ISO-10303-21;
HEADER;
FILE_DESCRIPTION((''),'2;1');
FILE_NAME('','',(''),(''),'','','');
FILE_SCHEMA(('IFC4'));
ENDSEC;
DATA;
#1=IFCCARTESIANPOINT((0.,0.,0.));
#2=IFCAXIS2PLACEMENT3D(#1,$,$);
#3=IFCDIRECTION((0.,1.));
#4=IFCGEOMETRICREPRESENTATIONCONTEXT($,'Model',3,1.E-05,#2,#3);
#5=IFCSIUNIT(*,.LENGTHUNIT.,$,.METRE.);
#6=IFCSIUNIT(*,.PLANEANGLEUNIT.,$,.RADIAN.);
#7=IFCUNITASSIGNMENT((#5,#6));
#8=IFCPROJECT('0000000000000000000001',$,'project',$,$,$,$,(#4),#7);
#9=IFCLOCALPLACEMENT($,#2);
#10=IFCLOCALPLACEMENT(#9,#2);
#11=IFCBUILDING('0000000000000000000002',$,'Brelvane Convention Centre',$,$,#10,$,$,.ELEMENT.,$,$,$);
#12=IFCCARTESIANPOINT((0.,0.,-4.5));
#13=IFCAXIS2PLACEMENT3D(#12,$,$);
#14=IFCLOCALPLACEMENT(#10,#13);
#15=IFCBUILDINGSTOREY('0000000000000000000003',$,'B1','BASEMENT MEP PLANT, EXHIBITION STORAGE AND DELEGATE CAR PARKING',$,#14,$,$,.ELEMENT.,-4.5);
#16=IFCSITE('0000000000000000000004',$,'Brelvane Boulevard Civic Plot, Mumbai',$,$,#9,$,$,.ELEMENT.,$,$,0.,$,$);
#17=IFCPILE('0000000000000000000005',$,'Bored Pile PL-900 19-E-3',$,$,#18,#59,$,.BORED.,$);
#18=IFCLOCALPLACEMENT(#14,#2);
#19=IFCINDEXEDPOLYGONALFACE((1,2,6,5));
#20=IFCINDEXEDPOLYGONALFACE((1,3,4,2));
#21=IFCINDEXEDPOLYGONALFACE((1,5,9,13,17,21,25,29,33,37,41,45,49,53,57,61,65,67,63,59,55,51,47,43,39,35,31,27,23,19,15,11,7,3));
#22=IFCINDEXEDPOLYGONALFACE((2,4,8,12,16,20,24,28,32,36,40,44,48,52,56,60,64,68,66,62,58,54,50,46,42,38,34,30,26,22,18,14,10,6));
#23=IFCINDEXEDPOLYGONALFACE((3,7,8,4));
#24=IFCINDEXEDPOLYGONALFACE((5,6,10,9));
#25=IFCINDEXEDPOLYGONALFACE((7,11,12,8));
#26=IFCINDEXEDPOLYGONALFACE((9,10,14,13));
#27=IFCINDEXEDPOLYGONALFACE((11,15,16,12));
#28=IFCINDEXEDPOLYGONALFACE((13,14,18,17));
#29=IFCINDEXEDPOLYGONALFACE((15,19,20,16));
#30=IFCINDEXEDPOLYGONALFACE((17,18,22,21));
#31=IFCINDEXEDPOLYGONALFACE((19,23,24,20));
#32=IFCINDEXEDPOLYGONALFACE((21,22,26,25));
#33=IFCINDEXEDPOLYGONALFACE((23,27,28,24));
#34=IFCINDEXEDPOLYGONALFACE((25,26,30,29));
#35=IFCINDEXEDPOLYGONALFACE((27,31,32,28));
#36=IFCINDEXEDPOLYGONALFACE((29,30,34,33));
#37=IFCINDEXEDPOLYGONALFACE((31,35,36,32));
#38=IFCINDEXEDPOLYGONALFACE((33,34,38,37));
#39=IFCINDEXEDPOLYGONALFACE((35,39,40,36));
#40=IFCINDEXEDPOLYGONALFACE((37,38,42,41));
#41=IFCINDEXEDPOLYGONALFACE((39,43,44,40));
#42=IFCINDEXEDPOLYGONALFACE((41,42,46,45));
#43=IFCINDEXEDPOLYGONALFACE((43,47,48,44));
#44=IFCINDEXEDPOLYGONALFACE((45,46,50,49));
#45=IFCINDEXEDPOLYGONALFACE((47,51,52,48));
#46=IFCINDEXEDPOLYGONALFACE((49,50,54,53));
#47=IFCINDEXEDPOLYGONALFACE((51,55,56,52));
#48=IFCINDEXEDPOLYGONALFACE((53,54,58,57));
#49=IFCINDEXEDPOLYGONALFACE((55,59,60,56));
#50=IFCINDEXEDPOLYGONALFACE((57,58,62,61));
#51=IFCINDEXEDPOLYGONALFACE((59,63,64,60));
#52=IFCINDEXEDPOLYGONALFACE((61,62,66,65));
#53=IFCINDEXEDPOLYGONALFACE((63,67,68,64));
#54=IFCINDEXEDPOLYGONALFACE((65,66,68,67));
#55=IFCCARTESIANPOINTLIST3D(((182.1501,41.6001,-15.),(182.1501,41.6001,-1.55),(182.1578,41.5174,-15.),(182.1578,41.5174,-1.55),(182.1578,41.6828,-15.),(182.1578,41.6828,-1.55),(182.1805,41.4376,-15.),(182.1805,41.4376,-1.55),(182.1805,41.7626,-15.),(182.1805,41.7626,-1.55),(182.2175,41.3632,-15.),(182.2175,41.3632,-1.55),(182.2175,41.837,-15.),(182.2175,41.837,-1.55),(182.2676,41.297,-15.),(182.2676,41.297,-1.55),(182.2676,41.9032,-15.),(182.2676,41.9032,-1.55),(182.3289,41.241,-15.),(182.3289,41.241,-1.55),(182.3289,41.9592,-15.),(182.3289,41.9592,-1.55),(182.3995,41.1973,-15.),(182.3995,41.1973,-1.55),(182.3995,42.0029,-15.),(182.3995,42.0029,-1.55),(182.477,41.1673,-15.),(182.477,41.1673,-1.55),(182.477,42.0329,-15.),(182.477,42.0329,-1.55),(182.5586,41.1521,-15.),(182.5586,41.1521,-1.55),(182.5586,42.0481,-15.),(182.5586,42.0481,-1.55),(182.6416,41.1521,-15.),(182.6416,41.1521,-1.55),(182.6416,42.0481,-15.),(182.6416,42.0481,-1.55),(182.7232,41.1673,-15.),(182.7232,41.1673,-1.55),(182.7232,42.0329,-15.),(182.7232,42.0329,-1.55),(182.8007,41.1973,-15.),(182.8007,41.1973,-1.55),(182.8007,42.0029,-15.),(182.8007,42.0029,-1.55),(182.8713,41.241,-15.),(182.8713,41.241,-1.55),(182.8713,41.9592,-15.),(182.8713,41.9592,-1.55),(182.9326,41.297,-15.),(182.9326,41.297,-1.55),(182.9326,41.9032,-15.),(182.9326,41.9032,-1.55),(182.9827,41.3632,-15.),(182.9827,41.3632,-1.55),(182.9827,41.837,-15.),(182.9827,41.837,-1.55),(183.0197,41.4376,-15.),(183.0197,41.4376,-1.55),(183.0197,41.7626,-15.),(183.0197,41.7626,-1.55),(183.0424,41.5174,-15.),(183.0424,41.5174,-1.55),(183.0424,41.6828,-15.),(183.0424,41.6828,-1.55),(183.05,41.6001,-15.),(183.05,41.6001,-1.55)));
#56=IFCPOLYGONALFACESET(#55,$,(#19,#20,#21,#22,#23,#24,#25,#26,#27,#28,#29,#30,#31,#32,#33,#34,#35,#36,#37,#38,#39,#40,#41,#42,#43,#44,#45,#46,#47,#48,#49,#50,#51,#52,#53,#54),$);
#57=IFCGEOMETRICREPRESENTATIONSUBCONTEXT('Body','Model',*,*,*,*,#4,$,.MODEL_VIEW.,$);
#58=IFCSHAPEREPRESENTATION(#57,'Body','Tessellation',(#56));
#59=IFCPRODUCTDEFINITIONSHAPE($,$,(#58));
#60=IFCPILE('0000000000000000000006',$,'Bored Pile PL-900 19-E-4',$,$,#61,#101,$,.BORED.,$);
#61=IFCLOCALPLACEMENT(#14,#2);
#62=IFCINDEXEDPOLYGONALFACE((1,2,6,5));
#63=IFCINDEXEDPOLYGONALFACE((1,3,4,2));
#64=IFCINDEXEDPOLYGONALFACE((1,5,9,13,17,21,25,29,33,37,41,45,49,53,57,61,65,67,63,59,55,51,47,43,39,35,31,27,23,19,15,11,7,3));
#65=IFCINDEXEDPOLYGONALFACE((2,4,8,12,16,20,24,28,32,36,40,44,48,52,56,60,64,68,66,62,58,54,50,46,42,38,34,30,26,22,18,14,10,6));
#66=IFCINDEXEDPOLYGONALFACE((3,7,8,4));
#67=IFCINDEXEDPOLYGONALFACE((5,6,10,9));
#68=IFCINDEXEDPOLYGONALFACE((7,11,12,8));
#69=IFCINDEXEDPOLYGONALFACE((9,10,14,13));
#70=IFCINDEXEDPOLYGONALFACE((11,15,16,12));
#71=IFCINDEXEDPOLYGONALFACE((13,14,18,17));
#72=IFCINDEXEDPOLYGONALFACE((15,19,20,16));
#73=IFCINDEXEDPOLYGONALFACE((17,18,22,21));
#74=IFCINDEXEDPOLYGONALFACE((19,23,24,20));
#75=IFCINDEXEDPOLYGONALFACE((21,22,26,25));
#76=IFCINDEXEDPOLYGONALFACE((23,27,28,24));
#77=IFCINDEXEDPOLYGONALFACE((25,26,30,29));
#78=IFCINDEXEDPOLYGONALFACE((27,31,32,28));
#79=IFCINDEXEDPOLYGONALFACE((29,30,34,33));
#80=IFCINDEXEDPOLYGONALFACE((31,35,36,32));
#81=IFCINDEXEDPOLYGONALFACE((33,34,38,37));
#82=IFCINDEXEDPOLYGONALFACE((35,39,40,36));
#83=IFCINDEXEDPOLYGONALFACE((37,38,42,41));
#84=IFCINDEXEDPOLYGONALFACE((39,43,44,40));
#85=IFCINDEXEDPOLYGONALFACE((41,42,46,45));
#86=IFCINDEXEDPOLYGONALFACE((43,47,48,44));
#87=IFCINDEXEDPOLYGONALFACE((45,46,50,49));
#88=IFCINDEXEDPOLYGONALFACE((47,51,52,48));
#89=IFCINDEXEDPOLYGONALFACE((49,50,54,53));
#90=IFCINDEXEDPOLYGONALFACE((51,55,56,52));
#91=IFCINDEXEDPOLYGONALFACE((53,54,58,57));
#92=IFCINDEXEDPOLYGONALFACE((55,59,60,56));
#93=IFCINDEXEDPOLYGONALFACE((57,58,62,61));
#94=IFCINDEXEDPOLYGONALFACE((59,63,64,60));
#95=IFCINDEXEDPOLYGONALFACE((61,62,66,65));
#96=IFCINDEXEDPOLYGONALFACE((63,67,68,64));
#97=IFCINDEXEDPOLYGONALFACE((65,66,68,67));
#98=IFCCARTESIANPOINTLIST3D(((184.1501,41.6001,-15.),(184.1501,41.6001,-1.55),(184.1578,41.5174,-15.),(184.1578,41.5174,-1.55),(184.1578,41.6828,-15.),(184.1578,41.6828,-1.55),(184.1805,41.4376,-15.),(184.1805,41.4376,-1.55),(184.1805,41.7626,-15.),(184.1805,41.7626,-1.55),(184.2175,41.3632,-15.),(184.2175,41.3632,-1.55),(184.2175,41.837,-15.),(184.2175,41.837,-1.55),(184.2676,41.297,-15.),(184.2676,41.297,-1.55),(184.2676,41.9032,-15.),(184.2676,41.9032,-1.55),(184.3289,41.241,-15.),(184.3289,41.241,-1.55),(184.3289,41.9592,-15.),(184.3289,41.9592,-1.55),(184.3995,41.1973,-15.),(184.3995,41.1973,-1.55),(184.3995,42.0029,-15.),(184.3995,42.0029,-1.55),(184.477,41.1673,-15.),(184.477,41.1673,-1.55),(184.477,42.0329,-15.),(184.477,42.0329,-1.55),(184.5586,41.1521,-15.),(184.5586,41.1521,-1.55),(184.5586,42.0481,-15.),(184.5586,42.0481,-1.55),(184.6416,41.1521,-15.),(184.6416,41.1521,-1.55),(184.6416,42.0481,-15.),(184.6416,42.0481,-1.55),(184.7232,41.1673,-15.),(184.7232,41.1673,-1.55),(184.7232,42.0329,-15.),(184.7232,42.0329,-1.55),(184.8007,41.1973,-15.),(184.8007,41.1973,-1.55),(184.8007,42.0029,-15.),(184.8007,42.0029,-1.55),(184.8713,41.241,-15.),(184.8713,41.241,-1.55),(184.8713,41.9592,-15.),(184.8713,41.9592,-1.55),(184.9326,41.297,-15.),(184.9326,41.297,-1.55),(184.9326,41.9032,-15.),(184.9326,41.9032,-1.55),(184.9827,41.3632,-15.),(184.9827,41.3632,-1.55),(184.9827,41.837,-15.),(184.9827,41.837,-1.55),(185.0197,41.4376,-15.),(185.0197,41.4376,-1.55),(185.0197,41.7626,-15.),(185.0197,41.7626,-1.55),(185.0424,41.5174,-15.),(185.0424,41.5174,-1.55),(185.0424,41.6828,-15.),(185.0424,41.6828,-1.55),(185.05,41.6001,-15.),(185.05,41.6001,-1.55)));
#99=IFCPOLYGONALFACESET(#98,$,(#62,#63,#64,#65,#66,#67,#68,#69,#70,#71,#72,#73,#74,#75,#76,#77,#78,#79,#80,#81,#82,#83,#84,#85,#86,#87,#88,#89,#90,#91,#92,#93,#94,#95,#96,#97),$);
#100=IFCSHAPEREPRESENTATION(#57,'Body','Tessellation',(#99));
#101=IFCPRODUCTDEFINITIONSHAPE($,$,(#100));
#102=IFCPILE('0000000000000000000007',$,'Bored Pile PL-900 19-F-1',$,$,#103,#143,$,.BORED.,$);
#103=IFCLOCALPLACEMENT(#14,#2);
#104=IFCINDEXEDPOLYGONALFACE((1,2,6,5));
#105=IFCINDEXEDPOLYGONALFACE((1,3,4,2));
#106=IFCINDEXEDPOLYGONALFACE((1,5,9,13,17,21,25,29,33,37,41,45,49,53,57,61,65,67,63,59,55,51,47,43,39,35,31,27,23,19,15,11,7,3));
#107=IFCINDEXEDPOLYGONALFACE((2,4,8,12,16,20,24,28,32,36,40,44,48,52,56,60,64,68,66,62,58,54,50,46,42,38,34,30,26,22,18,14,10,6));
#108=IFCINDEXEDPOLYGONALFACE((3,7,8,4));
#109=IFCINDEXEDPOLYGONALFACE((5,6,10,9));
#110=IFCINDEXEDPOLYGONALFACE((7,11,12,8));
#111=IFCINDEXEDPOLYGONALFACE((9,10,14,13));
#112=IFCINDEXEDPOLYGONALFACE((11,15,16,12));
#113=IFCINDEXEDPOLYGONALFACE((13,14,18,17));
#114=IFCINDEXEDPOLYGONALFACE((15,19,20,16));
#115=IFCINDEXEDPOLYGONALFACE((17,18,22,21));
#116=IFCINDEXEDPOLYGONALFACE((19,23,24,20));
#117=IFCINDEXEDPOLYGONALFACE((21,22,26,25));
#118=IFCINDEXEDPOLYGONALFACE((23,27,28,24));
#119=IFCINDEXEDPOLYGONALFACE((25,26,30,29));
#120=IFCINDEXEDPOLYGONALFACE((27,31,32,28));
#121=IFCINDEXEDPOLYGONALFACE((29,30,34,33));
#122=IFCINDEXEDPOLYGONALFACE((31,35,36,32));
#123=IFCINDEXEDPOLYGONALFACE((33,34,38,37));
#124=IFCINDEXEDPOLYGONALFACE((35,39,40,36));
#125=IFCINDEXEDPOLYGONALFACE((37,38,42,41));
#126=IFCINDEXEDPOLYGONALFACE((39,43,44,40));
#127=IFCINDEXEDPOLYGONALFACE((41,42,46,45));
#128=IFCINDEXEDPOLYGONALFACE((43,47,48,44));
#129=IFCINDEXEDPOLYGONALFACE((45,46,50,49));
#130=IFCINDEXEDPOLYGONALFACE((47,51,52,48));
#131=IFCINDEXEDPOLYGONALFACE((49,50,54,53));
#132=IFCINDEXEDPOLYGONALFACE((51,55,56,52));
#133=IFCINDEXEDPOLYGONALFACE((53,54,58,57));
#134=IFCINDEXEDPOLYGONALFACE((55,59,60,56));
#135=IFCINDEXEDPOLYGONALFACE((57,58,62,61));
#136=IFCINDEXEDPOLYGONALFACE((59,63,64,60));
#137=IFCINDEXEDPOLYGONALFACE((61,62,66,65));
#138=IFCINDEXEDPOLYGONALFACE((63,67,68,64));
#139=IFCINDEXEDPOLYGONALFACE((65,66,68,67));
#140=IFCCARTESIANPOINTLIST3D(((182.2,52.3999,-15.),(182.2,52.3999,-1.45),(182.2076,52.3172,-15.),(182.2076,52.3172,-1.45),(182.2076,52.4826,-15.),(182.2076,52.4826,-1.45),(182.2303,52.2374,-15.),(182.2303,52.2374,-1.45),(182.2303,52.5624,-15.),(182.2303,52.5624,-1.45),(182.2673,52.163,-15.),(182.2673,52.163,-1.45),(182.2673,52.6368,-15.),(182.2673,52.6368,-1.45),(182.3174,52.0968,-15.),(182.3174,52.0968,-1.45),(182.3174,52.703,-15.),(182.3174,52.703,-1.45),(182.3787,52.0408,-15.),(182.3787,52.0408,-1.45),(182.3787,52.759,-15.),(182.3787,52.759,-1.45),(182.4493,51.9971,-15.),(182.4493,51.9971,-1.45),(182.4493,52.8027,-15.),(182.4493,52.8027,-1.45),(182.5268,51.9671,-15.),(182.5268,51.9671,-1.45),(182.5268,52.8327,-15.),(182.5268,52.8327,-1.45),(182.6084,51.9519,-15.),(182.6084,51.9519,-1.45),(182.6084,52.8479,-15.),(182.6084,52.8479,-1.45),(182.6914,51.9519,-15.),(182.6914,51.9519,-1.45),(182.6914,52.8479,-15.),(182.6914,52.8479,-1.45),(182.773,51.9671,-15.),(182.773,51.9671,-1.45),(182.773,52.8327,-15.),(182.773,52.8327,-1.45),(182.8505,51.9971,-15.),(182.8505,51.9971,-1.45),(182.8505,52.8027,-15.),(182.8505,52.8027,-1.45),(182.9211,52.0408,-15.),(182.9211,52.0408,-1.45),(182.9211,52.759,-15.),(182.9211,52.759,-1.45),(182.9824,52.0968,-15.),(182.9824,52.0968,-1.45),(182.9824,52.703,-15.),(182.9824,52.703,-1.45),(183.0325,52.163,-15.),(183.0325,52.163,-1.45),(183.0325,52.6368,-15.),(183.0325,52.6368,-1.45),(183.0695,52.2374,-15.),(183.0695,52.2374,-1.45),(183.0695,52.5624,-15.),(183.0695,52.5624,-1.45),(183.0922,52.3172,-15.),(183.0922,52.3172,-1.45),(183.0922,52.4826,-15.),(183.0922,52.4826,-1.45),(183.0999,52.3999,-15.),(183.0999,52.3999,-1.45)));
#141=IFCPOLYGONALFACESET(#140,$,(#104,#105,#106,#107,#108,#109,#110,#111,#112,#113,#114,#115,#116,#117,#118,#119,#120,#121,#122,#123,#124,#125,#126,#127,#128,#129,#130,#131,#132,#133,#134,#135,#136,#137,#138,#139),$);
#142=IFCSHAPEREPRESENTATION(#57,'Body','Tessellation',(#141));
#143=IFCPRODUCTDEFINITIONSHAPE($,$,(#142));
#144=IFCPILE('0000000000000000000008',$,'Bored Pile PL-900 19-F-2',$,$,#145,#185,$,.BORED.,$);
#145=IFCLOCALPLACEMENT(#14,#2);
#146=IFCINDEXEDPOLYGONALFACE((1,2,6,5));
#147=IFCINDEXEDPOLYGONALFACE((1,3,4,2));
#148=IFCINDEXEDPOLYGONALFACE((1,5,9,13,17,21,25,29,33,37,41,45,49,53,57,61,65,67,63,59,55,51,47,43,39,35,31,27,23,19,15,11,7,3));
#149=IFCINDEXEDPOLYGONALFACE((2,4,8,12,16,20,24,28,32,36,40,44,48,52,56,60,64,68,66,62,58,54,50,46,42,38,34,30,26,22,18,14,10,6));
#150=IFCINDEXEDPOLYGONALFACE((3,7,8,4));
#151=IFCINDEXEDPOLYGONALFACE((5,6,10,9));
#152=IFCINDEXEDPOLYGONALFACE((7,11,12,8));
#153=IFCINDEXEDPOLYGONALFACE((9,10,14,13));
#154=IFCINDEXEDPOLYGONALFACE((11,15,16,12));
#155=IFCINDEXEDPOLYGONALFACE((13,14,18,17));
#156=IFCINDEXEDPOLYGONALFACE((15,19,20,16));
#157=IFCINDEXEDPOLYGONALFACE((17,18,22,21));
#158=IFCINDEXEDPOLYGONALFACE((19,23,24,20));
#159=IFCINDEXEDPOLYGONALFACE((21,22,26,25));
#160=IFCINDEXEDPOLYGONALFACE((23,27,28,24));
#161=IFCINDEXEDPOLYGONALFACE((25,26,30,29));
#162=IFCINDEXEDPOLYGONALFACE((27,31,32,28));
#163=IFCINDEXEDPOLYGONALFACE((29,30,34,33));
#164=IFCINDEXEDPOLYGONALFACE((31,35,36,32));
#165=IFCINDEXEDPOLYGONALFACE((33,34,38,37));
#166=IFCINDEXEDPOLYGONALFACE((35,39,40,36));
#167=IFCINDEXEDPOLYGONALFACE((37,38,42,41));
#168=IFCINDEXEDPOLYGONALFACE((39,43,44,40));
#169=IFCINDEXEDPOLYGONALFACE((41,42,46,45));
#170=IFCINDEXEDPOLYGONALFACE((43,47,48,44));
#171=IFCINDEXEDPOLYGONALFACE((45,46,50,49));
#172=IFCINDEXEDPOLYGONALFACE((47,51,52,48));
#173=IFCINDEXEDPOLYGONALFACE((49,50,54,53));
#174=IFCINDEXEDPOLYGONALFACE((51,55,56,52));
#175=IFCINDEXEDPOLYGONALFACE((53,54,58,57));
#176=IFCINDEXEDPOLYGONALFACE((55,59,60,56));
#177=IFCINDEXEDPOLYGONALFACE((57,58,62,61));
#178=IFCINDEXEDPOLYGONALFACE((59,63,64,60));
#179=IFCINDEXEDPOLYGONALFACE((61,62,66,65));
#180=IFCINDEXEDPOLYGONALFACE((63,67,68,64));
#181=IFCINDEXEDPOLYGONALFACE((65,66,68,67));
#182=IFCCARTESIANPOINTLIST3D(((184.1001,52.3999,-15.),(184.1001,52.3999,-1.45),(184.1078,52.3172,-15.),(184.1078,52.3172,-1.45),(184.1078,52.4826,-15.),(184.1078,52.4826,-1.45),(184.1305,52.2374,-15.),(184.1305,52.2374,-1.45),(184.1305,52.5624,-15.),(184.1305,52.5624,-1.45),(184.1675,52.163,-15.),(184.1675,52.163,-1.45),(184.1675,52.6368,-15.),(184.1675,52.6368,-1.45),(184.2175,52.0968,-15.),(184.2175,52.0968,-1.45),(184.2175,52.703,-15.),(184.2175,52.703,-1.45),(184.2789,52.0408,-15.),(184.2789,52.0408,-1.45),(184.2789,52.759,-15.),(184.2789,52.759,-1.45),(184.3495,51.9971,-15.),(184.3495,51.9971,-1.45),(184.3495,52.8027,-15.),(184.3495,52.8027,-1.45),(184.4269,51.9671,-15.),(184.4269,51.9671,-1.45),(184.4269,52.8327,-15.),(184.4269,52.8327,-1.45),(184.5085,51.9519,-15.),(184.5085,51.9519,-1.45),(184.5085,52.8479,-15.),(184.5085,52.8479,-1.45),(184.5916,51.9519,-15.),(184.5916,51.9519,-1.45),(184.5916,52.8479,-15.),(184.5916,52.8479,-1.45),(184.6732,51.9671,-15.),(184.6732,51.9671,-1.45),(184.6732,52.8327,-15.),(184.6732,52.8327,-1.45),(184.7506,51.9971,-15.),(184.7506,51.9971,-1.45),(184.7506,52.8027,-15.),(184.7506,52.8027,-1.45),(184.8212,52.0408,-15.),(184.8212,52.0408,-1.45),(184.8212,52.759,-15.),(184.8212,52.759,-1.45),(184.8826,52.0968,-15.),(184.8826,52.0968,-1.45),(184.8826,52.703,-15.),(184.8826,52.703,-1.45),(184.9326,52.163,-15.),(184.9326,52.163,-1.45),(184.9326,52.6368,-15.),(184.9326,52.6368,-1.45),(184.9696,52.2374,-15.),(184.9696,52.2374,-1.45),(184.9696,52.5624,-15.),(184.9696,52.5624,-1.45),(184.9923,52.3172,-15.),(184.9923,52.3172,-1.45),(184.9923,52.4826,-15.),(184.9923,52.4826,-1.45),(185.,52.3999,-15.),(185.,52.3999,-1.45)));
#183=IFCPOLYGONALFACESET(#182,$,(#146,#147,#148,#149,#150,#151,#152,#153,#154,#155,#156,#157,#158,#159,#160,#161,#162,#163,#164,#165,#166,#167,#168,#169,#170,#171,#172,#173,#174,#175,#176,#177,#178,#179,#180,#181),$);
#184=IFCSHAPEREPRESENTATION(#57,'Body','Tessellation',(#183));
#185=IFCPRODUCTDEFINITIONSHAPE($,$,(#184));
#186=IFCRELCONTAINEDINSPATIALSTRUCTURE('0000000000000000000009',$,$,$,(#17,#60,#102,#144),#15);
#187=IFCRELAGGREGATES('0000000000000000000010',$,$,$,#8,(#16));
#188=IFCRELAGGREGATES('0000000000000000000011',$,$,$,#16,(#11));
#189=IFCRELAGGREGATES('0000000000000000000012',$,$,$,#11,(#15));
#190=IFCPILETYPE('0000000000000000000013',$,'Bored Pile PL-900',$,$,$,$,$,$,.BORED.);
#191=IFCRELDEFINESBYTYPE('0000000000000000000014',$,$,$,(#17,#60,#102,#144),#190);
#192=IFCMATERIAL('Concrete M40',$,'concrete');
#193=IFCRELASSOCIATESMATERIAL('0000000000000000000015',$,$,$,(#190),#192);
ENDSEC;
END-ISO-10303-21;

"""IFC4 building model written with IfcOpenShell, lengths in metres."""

from ifc_helpers import new_model, si_unit, direction, frame, origin, origin_2d, place, context, subcontext, project, spatial, circle, extrude, material, material_profile, profile_set, type_object, element, save


model = new_model("IFC4")

# Units and contexts
model_context = context("Model", 3, precision=1e-05, world=origin(), true_north=direction((0.0, 1.0)))
body_context = subcontext(model_context, "Body", "Model", "MODEL_VIEW")
ifc_project = project(units=[si_unit("LENGTHUNIT", "METRE"), si_unit("PLANEANGLEUNIT", "RADIAN")], contexts=[model_context])

# Site, building, storey
site_placement = place(None, origin())
site = spatial("IfcSite", under=ifc_project, at=site_placement, Name="Brelvane Boulevard Civic Plot, Mumbai", CompositionType="ELEMENT", RefElevation=0.0)
building_placement = place(site_placement, origin())
building = spatial("IfcBuilding", under=site, at=building_placement, Name="Brelvane Convention Centre", CompositionType="ELEMENT")
storey_placement = place(building_placement, frame((0.0, 0.0, -4.5)))
storey = spatial("IfcBuildingStorey", under=building, at=storey_placement, Name="B1", Description="BASEMENT MEP PLANT, EXHIBITION STORAGE AND DELEGATE CAR PARKING", CompositionType="ELEMENT", Elevation=-4.5)

# Piles
ifc_material_1 = material(Name="Concrete M40", Category="concrete")
ifc_material_profile_1 = material_profile(ifc_material_1, circle(Radius=0.45, at=origin_2d()), Name="PILE D900")
ifc_profile_set_1 = profile_set([ifc_material_profile_1], Name="Concrete M40")
pile_type = type_object("IfcPileType", Name="Bored Pile PL-900", PredefinedType="BORED", material=ifc_profile_set_1)
for number, where, z_axis, x_axis, name in (
    (1, (182.6001, 41.6001, -1.55), (0.0, 0.0, -1.0), (1.0, 0.0, 0.0), "Bored Pile PL-900 19-E-3"),
    (2, (184.6001, 41.6001, -1.55), (0.0, 0.0, -1.0), (1.0, 0.0, 0.0), "Bored Pile PL-900 19-E-4"),
):
    element("IfcPile", number, at=place(storey_placement, frame(where, z_axis=z_axis, x_axis=x_axis)), inside=storey, type_object=pile_type, Name=name, PredefinedType="BORED", context=body_context, shape_type="SweptSolid", body=[
        extrude(circle(Radius=0.45, at=origin_2d()), origin(), (0.0, 0.0, 1.0), 13.45),
    ])
for number, where, z_axis, x_axis, name in (
    (3, (182.6499, 52.3999, -1.45), (0.0, 0.0, -1.0), (1.0, 0.0, 0.0), "Bored Pile PL-900 19-F-1"),
    (4, (184.55, 52.3999, -1.45), (0.0, 0.0, -1.0), (1.0, 0.0, 0.0), "Bored Pile PL-900 19-F-2"),
):
    element("IfcPile", number, at=place(storey_placement, frame(where, z_axis=z_axis, x_axis=x_axis)), inside=storey, type_object=pile_type, Name=name, PredefinedType="BORED", context=body_context, shape_type="SweptSolid", body=[
        extrude(circle(Radius=0.45, at=origin_2d()), origin(), (0.0, 0.0, 1.0), 13.55),
    ])

save(model, "model.ifc")
